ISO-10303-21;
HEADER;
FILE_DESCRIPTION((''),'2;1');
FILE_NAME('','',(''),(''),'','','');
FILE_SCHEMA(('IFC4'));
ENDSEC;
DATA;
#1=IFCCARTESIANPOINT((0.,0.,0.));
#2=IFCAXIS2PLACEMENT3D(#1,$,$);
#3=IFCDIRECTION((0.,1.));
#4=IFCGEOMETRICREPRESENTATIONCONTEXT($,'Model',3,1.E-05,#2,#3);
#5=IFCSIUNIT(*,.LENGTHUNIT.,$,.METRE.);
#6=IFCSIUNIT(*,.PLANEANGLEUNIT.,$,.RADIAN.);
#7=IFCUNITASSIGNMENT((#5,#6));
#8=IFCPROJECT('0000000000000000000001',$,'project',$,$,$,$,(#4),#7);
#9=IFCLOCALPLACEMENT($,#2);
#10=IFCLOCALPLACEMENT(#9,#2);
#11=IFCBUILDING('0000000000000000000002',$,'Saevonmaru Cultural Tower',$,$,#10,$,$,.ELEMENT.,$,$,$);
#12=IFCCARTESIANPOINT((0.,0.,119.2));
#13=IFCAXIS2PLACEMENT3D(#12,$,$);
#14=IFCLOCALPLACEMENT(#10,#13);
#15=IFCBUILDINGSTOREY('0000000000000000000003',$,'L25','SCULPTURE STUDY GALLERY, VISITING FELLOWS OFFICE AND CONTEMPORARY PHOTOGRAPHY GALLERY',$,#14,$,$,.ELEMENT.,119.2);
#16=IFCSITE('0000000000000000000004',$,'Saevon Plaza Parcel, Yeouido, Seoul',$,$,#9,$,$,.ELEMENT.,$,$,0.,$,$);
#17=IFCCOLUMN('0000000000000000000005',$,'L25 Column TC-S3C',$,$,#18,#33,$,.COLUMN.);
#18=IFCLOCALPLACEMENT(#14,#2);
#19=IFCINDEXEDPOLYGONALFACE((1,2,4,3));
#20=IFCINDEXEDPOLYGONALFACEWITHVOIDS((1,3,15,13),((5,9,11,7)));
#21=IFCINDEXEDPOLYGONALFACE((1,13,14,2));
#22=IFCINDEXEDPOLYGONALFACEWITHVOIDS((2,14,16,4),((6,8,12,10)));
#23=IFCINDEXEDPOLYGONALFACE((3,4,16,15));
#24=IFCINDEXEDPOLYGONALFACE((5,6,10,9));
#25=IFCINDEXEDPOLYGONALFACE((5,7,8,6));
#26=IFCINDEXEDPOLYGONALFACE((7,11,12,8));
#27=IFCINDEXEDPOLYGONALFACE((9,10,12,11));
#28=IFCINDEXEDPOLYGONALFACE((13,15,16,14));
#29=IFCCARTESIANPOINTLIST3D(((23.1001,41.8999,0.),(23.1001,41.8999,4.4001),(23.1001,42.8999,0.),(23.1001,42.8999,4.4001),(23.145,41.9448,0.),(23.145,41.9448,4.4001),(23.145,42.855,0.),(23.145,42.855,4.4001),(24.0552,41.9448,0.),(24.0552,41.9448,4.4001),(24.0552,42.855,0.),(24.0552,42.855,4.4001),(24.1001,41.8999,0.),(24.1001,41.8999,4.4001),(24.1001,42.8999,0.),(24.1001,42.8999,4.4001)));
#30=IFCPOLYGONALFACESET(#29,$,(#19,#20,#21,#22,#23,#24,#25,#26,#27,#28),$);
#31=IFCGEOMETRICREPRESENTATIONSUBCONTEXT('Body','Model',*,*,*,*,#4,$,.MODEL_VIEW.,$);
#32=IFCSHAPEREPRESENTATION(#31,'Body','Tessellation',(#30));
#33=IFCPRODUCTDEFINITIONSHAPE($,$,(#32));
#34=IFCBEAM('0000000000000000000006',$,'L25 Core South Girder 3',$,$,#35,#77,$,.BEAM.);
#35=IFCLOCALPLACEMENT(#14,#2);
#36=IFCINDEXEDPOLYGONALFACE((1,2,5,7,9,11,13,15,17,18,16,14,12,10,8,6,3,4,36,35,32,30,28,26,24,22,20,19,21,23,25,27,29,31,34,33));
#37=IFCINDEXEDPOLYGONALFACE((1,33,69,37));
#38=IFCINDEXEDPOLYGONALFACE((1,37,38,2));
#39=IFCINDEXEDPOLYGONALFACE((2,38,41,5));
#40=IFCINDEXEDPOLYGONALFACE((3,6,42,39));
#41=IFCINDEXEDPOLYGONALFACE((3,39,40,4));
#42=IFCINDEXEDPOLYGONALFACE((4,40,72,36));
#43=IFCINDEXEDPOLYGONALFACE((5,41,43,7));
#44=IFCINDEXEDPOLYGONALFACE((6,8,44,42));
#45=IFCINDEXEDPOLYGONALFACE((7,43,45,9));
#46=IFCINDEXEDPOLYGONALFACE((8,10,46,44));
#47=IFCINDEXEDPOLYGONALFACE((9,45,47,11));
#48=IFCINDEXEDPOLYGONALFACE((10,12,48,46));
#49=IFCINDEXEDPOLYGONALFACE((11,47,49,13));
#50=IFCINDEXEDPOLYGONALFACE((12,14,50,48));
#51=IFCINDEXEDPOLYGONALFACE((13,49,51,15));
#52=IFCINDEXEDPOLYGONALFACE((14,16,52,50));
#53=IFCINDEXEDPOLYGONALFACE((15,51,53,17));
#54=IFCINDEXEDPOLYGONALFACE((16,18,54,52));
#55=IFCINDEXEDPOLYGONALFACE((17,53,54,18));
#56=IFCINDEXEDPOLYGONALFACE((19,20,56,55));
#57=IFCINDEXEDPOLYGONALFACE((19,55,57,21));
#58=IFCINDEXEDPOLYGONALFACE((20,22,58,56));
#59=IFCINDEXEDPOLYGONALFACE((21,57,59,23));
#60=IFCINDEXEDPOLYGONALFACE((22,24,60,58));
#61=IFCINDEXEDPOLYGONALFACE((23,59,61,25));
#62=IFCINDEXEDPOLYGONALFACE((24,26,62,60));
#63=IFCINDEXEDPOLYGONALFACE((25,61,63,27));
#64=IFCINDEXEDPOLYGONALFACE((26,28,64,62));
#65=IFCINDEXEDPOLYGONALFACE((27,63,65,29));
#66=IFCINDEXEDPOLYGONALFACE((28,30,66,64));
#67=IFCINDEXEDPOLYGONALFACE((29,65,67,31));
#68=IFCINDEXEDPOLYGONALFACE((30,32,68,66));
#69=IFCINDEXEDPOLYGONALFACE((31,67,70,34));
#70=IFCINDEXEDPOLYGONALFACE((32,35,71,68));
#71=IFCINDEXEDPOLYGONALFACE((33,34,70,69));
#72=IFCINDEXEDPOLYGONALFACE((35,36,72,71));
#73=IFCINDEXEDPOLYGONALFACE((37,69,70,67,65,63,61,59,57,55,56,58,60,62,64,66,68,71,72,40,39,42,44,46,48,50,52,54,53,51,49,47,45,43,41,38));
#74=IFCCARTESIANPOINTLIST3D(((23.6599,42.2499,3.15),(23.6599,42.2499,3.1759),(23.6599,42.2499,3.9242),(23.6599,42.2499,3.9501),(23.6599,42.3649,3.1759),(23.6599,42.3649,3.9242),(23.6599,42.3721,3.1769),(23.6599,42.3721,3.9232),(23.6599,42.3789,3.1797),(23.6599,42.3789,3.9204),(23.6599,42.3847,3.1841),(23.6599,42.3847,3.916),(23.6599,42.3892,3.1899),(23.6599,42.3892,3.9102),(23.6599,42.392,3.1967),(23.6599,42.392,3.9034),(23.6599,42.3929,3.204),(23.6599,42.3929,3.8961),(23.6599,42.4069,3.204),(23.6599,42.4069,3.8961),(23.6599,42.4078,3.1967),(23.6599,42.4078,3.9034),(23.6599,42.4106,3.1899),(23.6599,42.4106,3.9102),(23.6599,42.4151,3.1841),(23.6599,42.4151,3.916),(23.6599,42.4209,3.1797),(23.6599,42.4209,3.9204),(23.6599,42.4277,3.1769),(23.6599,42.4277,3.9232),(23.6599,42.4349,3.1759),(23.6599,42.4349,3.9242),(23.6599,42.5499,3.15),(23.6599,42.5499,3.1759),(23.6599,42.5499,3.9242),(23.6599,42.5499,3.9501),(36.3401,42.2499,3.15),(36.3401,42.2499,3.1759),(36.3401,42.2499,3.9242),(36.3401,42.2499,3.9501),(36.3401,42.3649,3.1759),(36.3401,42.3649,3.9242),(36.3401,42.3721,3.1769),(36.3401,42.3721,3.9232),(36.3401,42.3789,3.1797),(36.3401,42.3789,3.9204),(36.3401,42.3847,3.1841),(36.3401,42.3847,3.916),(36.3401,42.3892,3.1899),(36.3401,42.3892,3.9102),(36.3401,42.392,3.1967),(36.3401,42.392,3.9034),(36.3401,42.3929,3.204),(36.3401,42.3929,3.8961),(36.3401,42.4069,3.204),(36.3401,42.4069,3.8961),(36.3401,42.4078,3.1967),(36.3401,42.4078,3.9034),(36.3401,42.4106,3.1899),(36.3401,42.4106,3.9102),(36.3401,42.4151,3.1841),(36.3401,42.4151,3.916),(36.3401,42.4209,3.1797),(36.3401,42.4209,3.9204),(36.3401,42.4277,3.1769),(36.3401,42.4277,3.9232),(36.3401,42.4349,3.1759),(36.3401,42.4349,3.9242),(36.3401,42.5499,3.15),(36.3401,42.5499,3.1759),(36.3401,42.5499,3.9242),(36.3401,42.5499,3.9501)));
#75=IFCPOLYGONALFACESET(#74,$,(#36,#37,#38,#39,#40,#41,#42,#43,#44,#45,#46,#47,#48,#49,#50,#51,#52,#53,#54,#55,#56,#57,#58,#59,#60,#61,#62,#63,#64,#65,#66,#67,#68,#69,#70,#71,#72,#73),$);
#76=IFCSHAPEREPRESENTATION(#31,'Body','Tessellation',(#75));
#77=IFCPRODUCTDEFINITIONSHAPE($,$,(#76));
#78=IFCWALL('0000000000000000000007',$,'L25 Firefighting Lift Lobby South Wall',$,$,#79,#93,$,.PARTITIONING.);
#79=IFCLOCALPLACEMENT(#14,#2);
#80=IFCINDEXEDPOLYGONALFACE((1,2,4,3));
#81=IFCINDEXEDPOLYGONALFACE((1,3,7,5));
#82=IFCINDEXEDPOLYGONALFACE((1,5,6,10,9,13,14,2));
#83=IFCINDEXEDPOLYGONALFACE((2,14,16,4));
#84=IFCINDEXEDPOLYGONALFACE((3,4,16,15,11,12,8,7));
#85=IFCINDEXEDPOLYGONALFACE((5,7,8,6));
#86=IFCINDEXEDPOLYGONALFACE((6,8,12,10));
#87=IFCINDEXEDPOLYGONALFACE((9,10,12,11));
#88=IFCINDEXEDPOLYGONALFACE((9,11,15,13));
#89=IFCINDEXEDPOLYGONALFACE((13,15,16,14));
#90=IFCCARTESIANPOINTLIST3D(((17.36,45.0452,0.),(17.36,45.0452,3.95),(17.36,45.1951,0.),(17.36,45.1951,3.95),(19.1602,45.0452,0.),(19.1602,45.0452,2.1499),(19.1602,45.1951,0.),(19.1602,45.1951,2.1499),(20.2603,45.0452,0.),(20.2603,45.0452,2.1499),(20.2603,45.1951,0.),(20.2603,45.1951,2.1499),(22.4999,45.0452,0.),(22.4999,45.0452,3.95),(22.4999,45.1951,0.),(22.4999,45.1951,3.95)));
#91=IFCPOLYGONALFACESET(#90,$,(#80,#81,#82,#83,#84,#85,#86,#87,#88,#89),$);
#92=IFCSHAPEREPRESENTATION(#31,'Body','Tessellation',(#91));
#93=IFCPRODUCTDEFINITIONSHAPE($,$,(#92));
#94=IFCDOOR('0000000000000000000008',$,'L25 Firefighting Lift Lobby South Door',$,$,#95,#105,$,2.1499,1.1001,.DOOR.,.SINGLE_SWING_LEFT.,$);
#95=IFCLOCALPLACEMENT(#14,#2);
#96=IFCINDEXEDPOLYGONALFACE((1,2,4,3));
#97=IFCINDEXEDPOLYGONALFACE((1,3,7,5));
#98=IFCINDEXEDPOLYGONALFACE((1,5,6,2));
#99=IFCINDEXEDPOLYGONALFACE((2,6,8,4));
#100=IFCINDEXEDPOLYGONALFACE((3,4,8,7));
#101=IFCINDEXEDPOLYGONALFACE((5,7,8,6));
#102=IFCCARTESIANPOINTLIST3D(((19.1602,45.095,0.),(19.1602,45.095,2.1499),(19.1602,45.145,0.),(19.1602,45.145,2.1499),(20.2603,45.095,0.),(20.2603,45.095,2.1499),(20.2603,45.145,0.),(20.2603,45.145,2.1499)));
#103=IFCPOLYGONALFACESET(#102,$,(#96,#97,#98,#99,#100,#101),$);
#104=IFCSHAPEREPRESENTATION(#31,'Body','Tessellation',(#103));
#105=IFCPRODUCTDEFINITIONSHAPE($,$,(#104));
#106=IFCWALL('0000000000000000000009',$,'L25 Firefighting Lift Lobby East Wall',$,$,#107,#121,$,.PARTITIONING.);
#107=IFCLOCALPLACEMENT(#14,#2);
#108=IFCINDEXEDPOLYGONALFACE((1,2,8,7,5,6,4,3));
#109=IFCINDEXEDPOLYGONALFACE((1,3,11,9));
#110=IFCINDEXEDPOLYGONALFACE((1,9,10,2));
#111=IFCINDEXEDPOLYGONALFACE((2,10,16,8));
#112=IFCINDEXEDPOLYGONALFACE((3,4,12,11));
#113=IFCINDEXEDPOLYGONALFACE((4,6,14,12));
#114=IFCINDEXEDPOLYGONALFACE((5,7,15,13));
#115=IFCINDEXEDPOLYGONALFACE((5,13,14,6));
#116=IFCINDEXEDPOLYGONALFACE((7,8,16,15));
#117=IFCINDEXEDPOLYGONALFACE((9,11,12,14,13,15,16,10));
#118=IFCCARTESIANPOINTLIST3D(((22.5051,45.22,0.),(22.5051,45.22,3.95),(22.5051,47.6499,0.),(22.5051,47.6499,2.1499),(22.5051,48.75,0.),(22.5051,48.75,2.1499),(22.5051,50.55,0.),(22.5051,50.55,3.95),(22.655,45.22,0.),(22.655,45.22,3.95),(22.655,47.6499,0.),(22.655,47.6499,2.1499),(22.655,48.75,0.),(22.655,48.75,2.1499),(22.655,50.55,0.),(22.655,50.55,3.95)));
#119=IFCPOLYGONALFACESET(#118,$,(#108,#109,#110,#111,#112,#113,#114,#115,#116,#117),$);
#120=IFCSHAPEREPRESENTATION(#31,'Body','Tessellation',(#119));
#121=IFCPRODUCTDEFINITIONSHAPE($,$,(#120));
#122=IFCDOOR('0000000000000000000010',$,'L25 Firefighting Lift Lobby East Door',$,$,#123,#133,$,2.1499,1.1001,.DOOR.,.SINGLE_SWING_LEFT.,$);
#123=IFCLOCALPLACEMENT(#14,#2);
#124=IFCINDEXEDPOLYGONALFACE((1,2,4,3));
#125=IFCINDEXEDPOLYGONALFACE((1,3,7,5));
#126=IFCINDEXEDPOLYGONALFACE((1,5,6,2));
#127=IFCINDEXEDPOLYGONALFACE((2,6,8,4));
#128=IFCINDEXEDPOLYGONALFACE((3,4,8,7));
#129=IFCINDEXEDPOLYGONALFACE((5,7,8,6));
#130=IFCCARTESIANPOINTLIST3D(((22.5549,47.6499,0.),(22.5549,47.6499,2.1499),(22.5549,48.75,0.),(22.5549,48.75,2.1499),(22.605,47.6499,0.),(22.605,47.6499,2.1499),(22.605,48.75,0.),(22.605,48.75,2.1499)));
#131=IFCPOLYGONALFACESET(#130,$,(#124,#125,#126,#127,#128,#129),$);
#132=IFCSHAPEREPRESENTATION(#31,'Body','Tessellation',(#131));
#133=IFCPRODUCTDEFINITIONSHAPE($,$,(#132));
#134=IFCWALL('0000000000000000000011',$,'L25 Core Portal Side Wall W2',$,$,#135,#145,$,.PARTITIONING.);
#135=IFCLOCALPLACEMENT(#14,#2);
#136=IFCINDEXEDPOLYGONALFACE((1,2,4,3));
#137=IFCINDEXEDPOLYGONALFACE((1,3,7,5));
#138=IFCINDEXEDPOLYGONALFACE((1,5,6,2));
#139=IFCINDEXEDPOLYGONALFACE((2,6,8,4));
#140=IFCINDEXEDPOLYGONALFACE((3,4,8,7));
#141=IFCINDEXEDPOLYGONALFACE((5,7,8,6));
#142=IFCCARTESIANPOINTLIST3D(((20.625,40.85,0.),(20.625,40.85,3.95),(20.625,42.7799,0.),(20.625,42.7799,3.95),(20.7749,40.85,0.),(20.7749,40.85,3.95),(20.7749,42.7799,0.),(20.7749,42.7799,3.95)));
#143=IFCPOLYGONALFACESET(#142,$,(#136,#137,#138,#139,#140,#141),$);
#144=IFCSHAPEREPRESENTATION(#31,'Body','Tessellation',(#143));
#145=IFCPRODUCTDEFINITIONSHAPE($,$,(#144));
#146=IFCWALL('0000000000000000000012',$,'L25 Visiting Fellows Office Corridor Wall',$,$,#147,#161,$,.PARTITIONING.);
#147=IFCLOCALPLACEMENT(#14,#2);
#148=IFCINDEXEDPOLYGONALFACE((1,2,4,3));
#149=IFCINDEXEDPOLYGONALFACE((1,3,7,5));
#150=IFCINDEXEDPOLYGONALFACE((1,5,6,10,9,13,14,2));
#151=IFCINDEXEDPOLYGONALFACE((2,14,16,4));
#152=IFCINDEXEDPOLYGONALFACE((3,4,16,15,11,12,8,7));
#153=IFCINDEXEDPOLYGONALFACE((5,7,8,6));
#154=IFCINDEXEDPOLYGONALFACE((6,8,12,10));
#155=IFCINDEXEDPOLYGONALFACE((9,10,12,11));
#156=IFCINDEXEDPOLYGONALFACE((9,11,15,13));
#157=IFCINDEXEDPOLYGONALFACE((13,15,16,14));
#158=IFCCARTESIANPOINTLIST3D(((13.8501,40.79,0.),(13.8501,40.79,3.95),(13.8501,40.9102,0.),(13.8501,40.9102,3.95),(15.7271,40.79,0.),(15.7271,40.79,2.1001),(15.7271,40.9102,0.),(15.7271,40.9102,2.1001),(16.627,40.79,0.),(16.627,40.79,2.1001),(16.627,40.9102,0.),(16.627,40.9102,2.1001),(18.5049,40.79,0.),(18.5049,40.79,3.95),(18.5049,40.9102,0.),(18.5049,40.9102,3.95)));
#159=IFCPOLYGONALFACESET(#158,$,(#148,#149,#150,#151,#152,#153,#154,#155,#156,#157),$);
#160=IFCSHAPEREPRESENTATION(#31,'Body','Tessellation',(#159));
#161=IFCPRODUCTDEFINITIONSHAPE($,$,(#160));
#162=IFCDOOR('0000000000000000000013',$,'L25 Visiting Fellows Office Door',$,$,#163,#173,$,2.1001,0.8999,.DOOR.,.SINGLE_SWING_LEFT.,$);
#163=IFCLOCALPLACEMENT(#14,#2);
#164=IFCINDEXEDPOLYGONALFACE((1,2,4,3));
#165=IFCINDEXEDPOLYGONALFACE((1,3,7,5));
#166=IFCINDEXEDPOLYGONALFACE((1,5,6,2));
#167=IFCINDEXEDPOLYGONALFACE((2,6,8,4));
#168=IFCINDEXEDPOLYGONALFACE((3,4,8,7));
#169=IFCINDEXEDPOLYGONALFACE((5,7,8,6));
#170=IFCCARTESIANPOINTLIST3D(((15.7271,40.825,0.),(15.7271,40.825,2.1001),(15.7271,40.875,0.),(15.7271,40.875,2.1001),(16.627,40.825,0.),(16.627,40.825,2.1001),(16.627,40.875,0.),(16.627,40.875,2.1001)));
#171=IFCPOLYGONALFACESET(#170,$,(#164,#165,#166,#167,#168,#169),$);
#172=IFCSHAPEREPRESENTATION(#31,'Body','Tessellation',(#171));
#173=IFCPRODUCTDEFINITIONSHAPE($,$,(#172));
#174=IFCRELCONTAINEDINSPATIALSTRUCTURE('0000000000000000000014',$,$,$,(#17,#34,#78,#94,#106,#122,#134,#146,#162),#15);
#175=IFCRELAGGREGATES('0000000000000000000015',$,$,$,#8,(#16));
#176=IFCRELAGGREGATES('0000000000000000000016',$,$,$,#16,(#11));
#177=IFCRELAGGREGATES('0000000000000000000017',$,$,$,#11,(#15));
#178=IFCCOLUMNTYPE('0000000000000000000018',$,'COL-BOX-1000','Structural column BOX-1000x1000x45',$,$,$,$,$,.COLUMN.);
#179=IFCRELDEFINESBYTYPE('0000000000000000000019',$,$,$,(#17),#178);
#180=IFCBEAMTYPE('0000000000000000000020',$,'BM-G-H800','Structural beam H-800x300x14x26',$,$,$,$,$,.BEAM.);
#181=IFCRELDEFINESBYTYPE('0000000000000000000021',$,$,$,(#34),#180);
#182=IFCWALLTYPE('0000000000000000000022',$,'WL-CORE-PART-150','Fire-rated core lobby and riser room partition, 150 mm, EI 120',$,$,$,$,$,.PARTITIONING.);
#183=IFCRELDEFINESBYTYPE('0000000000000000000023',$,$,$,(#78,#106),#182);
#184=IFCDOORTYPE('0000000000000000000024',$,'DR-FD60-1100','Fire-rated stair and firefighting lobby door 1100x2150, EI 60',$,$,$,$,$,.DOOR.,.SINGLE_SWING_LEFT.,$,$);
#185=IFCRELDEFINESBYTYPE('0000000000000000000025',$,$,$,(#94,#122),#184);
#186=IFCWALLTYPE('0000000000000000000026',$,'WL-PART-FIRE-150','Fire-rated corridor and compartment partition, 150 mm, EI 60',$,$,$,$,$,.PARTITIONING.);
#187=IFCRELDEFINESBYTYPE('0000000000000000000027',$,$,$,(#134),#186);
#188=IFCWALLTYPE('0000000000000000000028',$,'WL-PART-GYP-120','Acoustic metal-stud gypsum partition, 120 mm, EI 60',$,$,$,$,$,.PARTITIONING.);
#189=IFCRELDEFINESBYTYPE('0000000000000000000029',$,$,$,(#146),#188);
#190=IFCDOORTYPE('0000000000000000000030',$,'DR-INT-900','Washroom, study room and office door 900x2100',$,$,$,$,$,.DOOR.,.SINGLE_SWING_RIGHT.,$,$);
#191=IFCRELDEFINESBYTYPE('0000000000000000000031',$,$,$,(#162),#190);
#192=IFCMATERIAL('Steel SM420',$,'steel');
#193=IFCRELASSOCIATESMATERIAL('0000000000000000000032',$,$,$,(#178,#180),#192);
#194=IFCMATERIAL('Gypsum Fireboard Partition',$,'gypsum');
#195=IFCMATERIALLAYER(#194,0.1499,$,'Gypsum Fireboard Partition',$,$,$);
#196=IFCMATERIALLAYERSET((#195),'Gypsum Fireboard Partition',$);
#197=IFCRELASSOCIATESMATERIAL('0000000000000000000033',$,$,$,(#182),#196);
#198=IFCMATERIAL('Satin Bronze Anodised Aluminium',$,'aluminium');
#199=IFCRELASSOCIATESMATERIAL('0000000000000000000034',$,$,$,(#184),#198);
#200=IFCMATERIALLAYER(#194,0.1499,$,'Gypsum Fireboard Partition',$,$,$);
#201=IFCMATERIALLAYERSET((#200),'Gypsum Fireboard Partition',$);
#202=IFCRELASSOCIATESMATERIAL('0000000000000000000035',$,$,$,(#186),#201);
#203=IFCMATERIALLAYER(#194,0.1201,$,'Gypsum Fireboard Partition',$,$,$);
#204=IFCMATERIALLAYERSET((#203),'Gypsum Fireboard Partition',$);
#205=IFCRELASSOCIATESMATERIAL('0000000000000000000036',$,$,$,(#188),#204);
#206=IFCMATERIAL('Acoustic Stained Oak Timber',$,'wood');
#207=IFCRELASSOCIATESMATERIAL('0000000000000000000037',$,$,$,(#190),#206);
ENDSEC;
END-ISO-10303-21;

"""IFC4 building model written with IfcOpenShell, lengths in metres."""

from ifc_helpers import new_model, si_unit, direction, frame, frame_2d, origin, origin_2d, place, context, subcontext, project, spatial, rectangle, hollow_rectangle, i_section, extrude, material, layer, layer_set, material_profile, profile_set, type_object, element, fill, save


model = new_model("IFC4")

# Units and contexts
model_context = context("Model", 3, precision=1e-05, world=origin(), true_north=direction((0.0, 1.0)))
body_context = subcontext(model_context, "Body", "Model", "MODEL_VIEW")
ifc_project = project(units=[si_unit("LENGTHUNIT", "METRE"), si_unit("PLANEANGLEUNIT", "RADIAN")], contexts=[model_context])

# Site, building, storey
site_placement = place(None, origin())
site = spatial("IfcSite", under=ifc_project, at=site_placement, Name="Saevon Plaza Parcel, Yeouido, Seoul", CompositionType="ELEMENT", RefElevation=0.0)
building_placement = place(site_placement, origin())
building = spatial("IfcBuilding", under=site, at=building_placement, Name="Saevonmaru Cultural Tower", CompositionType="ELEMENT")
storey_placement = place(building_placement, frame((0.0, 0.0, 119.2)))
storey = spatial("IfcBuildingStorey", under=building, at=storey_placement, Name="L25", Description="SCULPTURE STUDY GALLERY, VISITING FELLOWS OFFICE AND CONTEMPORARY PHOTOGRAPHY GALLERY", CompositionType="ELEMENT", Elevation=119.2)

# Column
ifc_material_1 = material(Name="Steel SM420", Category="steel")
ifc_material_profile_1 = material_profile(ifc_material_1, hollow_rectangle(XDim=1.0, YDim=1.0, WallThickness=0.0449, at=origin_2d()), Name="BOX-1000x1000x45")
ifc_profile_set_1 = profile_set([ifc_material_profile_1], Name="Steel SM420")
column_type = type_object("IfcColumnType", Name="COL-BOX-1000", Description="Structural column BOX-1000x1000x45", PredefinedType="COLUMN", material=ifc_profile_set_1)
column_placement = place(storey_placement, frame((23.6001, 42.3999, 0.0), z_axis=(0.0, 0.0, 1.0), x_axis=(1.0, 0.0, 0.0)))
element("IfcColumn", 1, at=column_placement, inside=storey, type_object=column_type, Name="L25 Column TC-S3C", PredefinedType="COLUMN", context=body_context, shape_type="SweptSolid", body=[
    extrude(hollow_rectangle(XDim=1.0, YDim=1.0, WallThickness=0.0449, at=origin_2d()), origin(), (0.0, 0.0, 1.0), 4.4001),
])

# Beam
ifc_material_profile_2 = material_profile(ifc_material_1, i_section(OverallWidth=0.3, OverallDepth=0.8, WebThickness=0.0139, FlangeThickness=0.0259, FilletRadius=0.0281, at=origin_2d()), Name="H-800x300x14x26")
ifc_profile_set_2 = profile_set([ifc_material_profile_2], Name="Steel SM420")
beam_type = type_object("IfcBeamType", Name="BM-G-H800", Description="Structural beam H-800x300x14x26", PredefinedType="BEAM", material=ifc_profile_set_2)
beam_placement = place(storey_placement, frame((23.6599, 42.3999, 3.55), z_axis=(1.0, 0.0, 0.0), x_axis=(0.0, 1.0, 0.0)))
element("IfcBeam", 2, at=beam_placement, inside=storey, type_object=beam_type, Name="L25 Core South Girder 3", PredefinedType="BEAM", context=body_context, shape_type="SweptSolid", body=[
    extrude(i_section(OverallWidth=0.3, OverallDepth=0.8, WebThickness=0.0139, FlangeThickness=0.0259, FilletRadius=0.0281, at=origin_2d()), origin(), (0.0, 0.0, 1.0), 12.6802),
])

# Walls, openings, doors
ifc_material_2 = material(Name="Gypsum Fireboard Partition", Category="gypsum")
ifc_layer_1 = layer(ifc_material_2, 0.1499, Name="Gypsum Fireboard Partition")
ifc_layer_set_1 = layer_set([ifc_layer_1], Name="Gypsum Fireboard Partition")
wall_type_1 = type_object("IfcWallType", Name="WL-CORE-PART-150", Description="Fire-rated core lobby and riser room partition, 150 mm, EI 120", PredefinedType="PARTITIONING", material=ifc_layer_set_1)
wall_1_placement = place(storey_placement, frame((17.3601, 45.1201, 0.0), z_axis=(0.0, 0.0, 1.0), x_axis=(1.0, 0.0, 0.0)))
wall_1 = element("IfcWall", 3, at=wall_1_placement, inside=storey, type_object=wall_type_1, Name="L25 Firefighting Lift Lobby South Wall", PredefinedType="PARTITIONING", context=body_context, shape_type="SweptSolid", body=[
    extrude(rectangle(XDim=5.1399, YDim=0.1499, at=frame_2d((2.5698, 0.0))), origin(), (0.0, 0.0, 1.0), 3.95),
])
opening_1_placement = place(wall_1_placement, frame((1.8, 0.0, 0.0)))
opening_1 = element("IfcOpeningElement", 4, at=opening_1_placement, cuts=wall_1, PredefinedType="OPENING", context=body_context, shape_type="SweptSolid", body=[
    extrude(rectangle(XDim=1.1001, YDim=2.1499, at=frame_2d((0.55, 1.075))), frame((0.0, 0.085, 0.0), z_axis=(0.0, -1.0, 0.0), x_axis=(1.0, 0.0, 0.0)), (0.0, 0.0, 1.0), 0.1699),
])
ifc_material_3 = material(Name="Satin Bronze Anodised Aluminium", Category="aluminium")
door_type_1 = type_object("IfcDoorType", Name="DR-FD60-1100", Description="Fire-rated stair and firefighting lobby door 1100x2150, EI 60", OperationType="SINGLE_SWING_LEFT", PredefinedType="DOOR", material=ifc_material_3)
door_1_placement = place(opening_1_placement, origin())
door_1 = element("IfcDoor", 5, at=door_1_placement, inside=storey, type_object=door_type_1, Name="L25 Firefighting Lift Lobby South Door", OperationType="SINGLE_SWING_LEFT", OverallHeight=2.1499, OverallWidth=1.1001, PredefinedType="DOOR", context=body_context, shape_type="SweptSolid", body=[
    extrude(rectangle(XDim=1.1001, YDim=2.1499, at=frame_2d((0.55, 1.075))), frame((0.0, 0.0249, 0.0), z_axis=(0.0, -1.0, 0.0), x_axis=(1.0, 0.0, 0.0)), (0.0, 0.0, 1.0), 0.05),
])
fill(opening_1, door_1)
wall_2_placement = place(storey_placement, frame((22.5801, 50.55, 0.0), z_axis=(0.0, 0.0, 1.0), x_axis=(0.0, -1.0, 0.0)))
wall_2 = element("IfcWall", 6, at=wall_2_placement, inside=storey, type_object=wall_type_1, Name="L25 Firefighting Lift Lobby East Wall", PredefinedType="PARTITIONING", context=body_context, shape_type="SweptSolid", body=[
    extrude(rectangle(XDim=5.3301, YDim=0.1499, at=frame_2d((2.665, 0.0))), origin(), (0.0, 0.0, 1.0), 3.95),
])
opening_2_placement = place(wall_2_placement, frame((1.8, 0.0, 0.0)))
opening_2 = element("IfcOpeningElement", 7, at=opening_2_placement, cuts=wall_2, PredefinedType="OPENING", context=body_context, shape_type="SweptSolid", body=[
    extrude(rectangle(XDim=1.1001, YDim=2.1499, at=frame_2d((0.55, 1.075))), frame((0.0, 0.085, 0.0), z_axis=(0.0, -1.0, 0.0), x_axis=(1.0, 0.0, 0.0)), (0.0, 0.0, 1.0), 0.1699),
])
door_2_placement = place(opening_2_placement, origin())
door_2 = element("IfcDoor", 8, at=door_2_placement, inside=storey, type_object=door_type_1, Name="L25 Firefighting Lift Lobby East Door", OperationType="SINGLE_SWING_LEFT", OverallHeight=2.1499, OverallWidth=1.1001, PredefinedType="DOOR", context=body_context, shape_type="SweptSolid", body=[
    extrude(rectangle(XDim=1.1001, YDim=2.1499, at=frame_2d((0.55, 1.075))), frame((0.0, 0.0249, 0.0), z_axis=(0.0, -1.0, 0.0), x_axis=(1.0, 0.0, 0.0)), (0.0, 0.0, 1.0), 0.05),
])
fill(opening_2, door_2)

# Wall
ifc_layer_2 = layer(ifc_material_2, 0.1499, Name="Gypsum Fireboard Partition")
ifc_layer_set_2 = layer_set([ifc_layer_2], Name="Gypsum Fireboard Partition")
wall_type_2 = type_object("IfcWallType", Name="WL-PART-FIRE-150", Description="Fire-rated corridor and compartment partition, 150 mm, EI 60", PredefinedType="PARTITIONING", material=ifc_layer_set_2)
wall_3_placement = place(storey_placement, frame((20.7, 40.8501, 0.0), z_axis=(0.0, 0.0, 1.0), x_axis=(0.0, 1.0, 0.0)))
element("IfcWall", 9, at=wall_3_placement, inside=storey, type_object=wall_type_2, Name="L25 Core Portal Side Wall W2", PredefinedType="PARTITIONING", context=body_context, shape_type="SweptSolid", body=[
    extrude(rectangle(XDim=1.9299, YDim=0.1499, at=frame_2d((0.9648, 0.0))), origin(), (0.0, 0.0, 1.0), 3.95),
])

# Wall, opening, door
ifc_layer_3 = layer(ifc_material_2, 0.1201, Name="Gypsum Fireboard Partition")
ifc_layer_set_3 = layer_set([ifc_layer_3], Name="Gypsum Fireboard Partition")
wall_type_3 = type_object("IfcWallType", Name="WL-PART-GYP-120", Description="Acoustic metal-stud gypsum partition, 120 mm, EI 60", PredefinedType="PARTITIONING", material=ifc_layer_set_3)
wall_4_placement = place(storey_placement, frame((13.8501, 40.8501, 0.0), z_axis=(0.0, 0.0, 1.0), x_axis=(1.0, 0.0, 0.0)))
wall_4 = element("IfcWall", 10, at=wall_4_placement, inside=storey, type_object=wall_type_3, Name="L25 Visiting Fellows Office Corridor Wall", PredefinedType="PARTITIONING", context=body_context, shape_type="SweptSolid", body=[
    extrude(rectangle(XDim=4.6548, YDim=0.1201, at=frame_2d((2.3274, 0.0))), origin(), (0.0, 0.0, 1.0), 3.95),
])
opening_3_placement = place(wall_4_placement, frame((1.877, 0.0, 0.0)))
opening_3 = element("IfcOpeningElement", 11, at=opening_3_placement, cuts=wall_4, PredefinedType="OPENING", context=body_context, shape_type="SweptSolid", body=[
    extrude(rectangle(XDim=0.8999, YDim=2.1001, at=frame_2d((0.45, 1.05))), frame((0.0, 0.0701, 0.0), z_axis=(0.0, -1.0, 0.0), x_axis=(1.0, 0.0, 0.0)), (0.0, 0.0, 1.0), 0.1401),
])
ifc_material_4 = material(Name="Acoustic Stained Oak Timber", Category="wood")
door_type_2 = type_object("IfcDoorType", Name="DR-INT-900", Description="Washroom, study room and office door 900x2100", OperationType="SINGLE_SWING_RIGHT", PredefinedType="DOOR", material=ifc_material_4)
door_3_placement = place(opening_3_placement, origin())
door_3 = element("IfcDoor", 12, at=door_3_placement, inside=storey, type_object=door_type_2, Name="L25 Visiting Fellows Office Door", OperationType="SINGLE_SWING_LEFT", OverallHeight=2.1001, OverallWidth=0.8999, PredefinedType="DOOR", context=body_context, shape_type="SweptSolid", body=[
    extrude(rectangle(XDim=0.8999, YDim=2.1001, at=frame_2d((0.45, 1.05))), frame((0.0, 0.0249, 0.0), z_axis=(0.0, -1.0, 0.0), x_axis=(1.0, 0.0, 0.0)), (0.0, 0.0, 1.0), 0.05),
])
fill(opening_3, door_3)

save(model, "model.ifc")
